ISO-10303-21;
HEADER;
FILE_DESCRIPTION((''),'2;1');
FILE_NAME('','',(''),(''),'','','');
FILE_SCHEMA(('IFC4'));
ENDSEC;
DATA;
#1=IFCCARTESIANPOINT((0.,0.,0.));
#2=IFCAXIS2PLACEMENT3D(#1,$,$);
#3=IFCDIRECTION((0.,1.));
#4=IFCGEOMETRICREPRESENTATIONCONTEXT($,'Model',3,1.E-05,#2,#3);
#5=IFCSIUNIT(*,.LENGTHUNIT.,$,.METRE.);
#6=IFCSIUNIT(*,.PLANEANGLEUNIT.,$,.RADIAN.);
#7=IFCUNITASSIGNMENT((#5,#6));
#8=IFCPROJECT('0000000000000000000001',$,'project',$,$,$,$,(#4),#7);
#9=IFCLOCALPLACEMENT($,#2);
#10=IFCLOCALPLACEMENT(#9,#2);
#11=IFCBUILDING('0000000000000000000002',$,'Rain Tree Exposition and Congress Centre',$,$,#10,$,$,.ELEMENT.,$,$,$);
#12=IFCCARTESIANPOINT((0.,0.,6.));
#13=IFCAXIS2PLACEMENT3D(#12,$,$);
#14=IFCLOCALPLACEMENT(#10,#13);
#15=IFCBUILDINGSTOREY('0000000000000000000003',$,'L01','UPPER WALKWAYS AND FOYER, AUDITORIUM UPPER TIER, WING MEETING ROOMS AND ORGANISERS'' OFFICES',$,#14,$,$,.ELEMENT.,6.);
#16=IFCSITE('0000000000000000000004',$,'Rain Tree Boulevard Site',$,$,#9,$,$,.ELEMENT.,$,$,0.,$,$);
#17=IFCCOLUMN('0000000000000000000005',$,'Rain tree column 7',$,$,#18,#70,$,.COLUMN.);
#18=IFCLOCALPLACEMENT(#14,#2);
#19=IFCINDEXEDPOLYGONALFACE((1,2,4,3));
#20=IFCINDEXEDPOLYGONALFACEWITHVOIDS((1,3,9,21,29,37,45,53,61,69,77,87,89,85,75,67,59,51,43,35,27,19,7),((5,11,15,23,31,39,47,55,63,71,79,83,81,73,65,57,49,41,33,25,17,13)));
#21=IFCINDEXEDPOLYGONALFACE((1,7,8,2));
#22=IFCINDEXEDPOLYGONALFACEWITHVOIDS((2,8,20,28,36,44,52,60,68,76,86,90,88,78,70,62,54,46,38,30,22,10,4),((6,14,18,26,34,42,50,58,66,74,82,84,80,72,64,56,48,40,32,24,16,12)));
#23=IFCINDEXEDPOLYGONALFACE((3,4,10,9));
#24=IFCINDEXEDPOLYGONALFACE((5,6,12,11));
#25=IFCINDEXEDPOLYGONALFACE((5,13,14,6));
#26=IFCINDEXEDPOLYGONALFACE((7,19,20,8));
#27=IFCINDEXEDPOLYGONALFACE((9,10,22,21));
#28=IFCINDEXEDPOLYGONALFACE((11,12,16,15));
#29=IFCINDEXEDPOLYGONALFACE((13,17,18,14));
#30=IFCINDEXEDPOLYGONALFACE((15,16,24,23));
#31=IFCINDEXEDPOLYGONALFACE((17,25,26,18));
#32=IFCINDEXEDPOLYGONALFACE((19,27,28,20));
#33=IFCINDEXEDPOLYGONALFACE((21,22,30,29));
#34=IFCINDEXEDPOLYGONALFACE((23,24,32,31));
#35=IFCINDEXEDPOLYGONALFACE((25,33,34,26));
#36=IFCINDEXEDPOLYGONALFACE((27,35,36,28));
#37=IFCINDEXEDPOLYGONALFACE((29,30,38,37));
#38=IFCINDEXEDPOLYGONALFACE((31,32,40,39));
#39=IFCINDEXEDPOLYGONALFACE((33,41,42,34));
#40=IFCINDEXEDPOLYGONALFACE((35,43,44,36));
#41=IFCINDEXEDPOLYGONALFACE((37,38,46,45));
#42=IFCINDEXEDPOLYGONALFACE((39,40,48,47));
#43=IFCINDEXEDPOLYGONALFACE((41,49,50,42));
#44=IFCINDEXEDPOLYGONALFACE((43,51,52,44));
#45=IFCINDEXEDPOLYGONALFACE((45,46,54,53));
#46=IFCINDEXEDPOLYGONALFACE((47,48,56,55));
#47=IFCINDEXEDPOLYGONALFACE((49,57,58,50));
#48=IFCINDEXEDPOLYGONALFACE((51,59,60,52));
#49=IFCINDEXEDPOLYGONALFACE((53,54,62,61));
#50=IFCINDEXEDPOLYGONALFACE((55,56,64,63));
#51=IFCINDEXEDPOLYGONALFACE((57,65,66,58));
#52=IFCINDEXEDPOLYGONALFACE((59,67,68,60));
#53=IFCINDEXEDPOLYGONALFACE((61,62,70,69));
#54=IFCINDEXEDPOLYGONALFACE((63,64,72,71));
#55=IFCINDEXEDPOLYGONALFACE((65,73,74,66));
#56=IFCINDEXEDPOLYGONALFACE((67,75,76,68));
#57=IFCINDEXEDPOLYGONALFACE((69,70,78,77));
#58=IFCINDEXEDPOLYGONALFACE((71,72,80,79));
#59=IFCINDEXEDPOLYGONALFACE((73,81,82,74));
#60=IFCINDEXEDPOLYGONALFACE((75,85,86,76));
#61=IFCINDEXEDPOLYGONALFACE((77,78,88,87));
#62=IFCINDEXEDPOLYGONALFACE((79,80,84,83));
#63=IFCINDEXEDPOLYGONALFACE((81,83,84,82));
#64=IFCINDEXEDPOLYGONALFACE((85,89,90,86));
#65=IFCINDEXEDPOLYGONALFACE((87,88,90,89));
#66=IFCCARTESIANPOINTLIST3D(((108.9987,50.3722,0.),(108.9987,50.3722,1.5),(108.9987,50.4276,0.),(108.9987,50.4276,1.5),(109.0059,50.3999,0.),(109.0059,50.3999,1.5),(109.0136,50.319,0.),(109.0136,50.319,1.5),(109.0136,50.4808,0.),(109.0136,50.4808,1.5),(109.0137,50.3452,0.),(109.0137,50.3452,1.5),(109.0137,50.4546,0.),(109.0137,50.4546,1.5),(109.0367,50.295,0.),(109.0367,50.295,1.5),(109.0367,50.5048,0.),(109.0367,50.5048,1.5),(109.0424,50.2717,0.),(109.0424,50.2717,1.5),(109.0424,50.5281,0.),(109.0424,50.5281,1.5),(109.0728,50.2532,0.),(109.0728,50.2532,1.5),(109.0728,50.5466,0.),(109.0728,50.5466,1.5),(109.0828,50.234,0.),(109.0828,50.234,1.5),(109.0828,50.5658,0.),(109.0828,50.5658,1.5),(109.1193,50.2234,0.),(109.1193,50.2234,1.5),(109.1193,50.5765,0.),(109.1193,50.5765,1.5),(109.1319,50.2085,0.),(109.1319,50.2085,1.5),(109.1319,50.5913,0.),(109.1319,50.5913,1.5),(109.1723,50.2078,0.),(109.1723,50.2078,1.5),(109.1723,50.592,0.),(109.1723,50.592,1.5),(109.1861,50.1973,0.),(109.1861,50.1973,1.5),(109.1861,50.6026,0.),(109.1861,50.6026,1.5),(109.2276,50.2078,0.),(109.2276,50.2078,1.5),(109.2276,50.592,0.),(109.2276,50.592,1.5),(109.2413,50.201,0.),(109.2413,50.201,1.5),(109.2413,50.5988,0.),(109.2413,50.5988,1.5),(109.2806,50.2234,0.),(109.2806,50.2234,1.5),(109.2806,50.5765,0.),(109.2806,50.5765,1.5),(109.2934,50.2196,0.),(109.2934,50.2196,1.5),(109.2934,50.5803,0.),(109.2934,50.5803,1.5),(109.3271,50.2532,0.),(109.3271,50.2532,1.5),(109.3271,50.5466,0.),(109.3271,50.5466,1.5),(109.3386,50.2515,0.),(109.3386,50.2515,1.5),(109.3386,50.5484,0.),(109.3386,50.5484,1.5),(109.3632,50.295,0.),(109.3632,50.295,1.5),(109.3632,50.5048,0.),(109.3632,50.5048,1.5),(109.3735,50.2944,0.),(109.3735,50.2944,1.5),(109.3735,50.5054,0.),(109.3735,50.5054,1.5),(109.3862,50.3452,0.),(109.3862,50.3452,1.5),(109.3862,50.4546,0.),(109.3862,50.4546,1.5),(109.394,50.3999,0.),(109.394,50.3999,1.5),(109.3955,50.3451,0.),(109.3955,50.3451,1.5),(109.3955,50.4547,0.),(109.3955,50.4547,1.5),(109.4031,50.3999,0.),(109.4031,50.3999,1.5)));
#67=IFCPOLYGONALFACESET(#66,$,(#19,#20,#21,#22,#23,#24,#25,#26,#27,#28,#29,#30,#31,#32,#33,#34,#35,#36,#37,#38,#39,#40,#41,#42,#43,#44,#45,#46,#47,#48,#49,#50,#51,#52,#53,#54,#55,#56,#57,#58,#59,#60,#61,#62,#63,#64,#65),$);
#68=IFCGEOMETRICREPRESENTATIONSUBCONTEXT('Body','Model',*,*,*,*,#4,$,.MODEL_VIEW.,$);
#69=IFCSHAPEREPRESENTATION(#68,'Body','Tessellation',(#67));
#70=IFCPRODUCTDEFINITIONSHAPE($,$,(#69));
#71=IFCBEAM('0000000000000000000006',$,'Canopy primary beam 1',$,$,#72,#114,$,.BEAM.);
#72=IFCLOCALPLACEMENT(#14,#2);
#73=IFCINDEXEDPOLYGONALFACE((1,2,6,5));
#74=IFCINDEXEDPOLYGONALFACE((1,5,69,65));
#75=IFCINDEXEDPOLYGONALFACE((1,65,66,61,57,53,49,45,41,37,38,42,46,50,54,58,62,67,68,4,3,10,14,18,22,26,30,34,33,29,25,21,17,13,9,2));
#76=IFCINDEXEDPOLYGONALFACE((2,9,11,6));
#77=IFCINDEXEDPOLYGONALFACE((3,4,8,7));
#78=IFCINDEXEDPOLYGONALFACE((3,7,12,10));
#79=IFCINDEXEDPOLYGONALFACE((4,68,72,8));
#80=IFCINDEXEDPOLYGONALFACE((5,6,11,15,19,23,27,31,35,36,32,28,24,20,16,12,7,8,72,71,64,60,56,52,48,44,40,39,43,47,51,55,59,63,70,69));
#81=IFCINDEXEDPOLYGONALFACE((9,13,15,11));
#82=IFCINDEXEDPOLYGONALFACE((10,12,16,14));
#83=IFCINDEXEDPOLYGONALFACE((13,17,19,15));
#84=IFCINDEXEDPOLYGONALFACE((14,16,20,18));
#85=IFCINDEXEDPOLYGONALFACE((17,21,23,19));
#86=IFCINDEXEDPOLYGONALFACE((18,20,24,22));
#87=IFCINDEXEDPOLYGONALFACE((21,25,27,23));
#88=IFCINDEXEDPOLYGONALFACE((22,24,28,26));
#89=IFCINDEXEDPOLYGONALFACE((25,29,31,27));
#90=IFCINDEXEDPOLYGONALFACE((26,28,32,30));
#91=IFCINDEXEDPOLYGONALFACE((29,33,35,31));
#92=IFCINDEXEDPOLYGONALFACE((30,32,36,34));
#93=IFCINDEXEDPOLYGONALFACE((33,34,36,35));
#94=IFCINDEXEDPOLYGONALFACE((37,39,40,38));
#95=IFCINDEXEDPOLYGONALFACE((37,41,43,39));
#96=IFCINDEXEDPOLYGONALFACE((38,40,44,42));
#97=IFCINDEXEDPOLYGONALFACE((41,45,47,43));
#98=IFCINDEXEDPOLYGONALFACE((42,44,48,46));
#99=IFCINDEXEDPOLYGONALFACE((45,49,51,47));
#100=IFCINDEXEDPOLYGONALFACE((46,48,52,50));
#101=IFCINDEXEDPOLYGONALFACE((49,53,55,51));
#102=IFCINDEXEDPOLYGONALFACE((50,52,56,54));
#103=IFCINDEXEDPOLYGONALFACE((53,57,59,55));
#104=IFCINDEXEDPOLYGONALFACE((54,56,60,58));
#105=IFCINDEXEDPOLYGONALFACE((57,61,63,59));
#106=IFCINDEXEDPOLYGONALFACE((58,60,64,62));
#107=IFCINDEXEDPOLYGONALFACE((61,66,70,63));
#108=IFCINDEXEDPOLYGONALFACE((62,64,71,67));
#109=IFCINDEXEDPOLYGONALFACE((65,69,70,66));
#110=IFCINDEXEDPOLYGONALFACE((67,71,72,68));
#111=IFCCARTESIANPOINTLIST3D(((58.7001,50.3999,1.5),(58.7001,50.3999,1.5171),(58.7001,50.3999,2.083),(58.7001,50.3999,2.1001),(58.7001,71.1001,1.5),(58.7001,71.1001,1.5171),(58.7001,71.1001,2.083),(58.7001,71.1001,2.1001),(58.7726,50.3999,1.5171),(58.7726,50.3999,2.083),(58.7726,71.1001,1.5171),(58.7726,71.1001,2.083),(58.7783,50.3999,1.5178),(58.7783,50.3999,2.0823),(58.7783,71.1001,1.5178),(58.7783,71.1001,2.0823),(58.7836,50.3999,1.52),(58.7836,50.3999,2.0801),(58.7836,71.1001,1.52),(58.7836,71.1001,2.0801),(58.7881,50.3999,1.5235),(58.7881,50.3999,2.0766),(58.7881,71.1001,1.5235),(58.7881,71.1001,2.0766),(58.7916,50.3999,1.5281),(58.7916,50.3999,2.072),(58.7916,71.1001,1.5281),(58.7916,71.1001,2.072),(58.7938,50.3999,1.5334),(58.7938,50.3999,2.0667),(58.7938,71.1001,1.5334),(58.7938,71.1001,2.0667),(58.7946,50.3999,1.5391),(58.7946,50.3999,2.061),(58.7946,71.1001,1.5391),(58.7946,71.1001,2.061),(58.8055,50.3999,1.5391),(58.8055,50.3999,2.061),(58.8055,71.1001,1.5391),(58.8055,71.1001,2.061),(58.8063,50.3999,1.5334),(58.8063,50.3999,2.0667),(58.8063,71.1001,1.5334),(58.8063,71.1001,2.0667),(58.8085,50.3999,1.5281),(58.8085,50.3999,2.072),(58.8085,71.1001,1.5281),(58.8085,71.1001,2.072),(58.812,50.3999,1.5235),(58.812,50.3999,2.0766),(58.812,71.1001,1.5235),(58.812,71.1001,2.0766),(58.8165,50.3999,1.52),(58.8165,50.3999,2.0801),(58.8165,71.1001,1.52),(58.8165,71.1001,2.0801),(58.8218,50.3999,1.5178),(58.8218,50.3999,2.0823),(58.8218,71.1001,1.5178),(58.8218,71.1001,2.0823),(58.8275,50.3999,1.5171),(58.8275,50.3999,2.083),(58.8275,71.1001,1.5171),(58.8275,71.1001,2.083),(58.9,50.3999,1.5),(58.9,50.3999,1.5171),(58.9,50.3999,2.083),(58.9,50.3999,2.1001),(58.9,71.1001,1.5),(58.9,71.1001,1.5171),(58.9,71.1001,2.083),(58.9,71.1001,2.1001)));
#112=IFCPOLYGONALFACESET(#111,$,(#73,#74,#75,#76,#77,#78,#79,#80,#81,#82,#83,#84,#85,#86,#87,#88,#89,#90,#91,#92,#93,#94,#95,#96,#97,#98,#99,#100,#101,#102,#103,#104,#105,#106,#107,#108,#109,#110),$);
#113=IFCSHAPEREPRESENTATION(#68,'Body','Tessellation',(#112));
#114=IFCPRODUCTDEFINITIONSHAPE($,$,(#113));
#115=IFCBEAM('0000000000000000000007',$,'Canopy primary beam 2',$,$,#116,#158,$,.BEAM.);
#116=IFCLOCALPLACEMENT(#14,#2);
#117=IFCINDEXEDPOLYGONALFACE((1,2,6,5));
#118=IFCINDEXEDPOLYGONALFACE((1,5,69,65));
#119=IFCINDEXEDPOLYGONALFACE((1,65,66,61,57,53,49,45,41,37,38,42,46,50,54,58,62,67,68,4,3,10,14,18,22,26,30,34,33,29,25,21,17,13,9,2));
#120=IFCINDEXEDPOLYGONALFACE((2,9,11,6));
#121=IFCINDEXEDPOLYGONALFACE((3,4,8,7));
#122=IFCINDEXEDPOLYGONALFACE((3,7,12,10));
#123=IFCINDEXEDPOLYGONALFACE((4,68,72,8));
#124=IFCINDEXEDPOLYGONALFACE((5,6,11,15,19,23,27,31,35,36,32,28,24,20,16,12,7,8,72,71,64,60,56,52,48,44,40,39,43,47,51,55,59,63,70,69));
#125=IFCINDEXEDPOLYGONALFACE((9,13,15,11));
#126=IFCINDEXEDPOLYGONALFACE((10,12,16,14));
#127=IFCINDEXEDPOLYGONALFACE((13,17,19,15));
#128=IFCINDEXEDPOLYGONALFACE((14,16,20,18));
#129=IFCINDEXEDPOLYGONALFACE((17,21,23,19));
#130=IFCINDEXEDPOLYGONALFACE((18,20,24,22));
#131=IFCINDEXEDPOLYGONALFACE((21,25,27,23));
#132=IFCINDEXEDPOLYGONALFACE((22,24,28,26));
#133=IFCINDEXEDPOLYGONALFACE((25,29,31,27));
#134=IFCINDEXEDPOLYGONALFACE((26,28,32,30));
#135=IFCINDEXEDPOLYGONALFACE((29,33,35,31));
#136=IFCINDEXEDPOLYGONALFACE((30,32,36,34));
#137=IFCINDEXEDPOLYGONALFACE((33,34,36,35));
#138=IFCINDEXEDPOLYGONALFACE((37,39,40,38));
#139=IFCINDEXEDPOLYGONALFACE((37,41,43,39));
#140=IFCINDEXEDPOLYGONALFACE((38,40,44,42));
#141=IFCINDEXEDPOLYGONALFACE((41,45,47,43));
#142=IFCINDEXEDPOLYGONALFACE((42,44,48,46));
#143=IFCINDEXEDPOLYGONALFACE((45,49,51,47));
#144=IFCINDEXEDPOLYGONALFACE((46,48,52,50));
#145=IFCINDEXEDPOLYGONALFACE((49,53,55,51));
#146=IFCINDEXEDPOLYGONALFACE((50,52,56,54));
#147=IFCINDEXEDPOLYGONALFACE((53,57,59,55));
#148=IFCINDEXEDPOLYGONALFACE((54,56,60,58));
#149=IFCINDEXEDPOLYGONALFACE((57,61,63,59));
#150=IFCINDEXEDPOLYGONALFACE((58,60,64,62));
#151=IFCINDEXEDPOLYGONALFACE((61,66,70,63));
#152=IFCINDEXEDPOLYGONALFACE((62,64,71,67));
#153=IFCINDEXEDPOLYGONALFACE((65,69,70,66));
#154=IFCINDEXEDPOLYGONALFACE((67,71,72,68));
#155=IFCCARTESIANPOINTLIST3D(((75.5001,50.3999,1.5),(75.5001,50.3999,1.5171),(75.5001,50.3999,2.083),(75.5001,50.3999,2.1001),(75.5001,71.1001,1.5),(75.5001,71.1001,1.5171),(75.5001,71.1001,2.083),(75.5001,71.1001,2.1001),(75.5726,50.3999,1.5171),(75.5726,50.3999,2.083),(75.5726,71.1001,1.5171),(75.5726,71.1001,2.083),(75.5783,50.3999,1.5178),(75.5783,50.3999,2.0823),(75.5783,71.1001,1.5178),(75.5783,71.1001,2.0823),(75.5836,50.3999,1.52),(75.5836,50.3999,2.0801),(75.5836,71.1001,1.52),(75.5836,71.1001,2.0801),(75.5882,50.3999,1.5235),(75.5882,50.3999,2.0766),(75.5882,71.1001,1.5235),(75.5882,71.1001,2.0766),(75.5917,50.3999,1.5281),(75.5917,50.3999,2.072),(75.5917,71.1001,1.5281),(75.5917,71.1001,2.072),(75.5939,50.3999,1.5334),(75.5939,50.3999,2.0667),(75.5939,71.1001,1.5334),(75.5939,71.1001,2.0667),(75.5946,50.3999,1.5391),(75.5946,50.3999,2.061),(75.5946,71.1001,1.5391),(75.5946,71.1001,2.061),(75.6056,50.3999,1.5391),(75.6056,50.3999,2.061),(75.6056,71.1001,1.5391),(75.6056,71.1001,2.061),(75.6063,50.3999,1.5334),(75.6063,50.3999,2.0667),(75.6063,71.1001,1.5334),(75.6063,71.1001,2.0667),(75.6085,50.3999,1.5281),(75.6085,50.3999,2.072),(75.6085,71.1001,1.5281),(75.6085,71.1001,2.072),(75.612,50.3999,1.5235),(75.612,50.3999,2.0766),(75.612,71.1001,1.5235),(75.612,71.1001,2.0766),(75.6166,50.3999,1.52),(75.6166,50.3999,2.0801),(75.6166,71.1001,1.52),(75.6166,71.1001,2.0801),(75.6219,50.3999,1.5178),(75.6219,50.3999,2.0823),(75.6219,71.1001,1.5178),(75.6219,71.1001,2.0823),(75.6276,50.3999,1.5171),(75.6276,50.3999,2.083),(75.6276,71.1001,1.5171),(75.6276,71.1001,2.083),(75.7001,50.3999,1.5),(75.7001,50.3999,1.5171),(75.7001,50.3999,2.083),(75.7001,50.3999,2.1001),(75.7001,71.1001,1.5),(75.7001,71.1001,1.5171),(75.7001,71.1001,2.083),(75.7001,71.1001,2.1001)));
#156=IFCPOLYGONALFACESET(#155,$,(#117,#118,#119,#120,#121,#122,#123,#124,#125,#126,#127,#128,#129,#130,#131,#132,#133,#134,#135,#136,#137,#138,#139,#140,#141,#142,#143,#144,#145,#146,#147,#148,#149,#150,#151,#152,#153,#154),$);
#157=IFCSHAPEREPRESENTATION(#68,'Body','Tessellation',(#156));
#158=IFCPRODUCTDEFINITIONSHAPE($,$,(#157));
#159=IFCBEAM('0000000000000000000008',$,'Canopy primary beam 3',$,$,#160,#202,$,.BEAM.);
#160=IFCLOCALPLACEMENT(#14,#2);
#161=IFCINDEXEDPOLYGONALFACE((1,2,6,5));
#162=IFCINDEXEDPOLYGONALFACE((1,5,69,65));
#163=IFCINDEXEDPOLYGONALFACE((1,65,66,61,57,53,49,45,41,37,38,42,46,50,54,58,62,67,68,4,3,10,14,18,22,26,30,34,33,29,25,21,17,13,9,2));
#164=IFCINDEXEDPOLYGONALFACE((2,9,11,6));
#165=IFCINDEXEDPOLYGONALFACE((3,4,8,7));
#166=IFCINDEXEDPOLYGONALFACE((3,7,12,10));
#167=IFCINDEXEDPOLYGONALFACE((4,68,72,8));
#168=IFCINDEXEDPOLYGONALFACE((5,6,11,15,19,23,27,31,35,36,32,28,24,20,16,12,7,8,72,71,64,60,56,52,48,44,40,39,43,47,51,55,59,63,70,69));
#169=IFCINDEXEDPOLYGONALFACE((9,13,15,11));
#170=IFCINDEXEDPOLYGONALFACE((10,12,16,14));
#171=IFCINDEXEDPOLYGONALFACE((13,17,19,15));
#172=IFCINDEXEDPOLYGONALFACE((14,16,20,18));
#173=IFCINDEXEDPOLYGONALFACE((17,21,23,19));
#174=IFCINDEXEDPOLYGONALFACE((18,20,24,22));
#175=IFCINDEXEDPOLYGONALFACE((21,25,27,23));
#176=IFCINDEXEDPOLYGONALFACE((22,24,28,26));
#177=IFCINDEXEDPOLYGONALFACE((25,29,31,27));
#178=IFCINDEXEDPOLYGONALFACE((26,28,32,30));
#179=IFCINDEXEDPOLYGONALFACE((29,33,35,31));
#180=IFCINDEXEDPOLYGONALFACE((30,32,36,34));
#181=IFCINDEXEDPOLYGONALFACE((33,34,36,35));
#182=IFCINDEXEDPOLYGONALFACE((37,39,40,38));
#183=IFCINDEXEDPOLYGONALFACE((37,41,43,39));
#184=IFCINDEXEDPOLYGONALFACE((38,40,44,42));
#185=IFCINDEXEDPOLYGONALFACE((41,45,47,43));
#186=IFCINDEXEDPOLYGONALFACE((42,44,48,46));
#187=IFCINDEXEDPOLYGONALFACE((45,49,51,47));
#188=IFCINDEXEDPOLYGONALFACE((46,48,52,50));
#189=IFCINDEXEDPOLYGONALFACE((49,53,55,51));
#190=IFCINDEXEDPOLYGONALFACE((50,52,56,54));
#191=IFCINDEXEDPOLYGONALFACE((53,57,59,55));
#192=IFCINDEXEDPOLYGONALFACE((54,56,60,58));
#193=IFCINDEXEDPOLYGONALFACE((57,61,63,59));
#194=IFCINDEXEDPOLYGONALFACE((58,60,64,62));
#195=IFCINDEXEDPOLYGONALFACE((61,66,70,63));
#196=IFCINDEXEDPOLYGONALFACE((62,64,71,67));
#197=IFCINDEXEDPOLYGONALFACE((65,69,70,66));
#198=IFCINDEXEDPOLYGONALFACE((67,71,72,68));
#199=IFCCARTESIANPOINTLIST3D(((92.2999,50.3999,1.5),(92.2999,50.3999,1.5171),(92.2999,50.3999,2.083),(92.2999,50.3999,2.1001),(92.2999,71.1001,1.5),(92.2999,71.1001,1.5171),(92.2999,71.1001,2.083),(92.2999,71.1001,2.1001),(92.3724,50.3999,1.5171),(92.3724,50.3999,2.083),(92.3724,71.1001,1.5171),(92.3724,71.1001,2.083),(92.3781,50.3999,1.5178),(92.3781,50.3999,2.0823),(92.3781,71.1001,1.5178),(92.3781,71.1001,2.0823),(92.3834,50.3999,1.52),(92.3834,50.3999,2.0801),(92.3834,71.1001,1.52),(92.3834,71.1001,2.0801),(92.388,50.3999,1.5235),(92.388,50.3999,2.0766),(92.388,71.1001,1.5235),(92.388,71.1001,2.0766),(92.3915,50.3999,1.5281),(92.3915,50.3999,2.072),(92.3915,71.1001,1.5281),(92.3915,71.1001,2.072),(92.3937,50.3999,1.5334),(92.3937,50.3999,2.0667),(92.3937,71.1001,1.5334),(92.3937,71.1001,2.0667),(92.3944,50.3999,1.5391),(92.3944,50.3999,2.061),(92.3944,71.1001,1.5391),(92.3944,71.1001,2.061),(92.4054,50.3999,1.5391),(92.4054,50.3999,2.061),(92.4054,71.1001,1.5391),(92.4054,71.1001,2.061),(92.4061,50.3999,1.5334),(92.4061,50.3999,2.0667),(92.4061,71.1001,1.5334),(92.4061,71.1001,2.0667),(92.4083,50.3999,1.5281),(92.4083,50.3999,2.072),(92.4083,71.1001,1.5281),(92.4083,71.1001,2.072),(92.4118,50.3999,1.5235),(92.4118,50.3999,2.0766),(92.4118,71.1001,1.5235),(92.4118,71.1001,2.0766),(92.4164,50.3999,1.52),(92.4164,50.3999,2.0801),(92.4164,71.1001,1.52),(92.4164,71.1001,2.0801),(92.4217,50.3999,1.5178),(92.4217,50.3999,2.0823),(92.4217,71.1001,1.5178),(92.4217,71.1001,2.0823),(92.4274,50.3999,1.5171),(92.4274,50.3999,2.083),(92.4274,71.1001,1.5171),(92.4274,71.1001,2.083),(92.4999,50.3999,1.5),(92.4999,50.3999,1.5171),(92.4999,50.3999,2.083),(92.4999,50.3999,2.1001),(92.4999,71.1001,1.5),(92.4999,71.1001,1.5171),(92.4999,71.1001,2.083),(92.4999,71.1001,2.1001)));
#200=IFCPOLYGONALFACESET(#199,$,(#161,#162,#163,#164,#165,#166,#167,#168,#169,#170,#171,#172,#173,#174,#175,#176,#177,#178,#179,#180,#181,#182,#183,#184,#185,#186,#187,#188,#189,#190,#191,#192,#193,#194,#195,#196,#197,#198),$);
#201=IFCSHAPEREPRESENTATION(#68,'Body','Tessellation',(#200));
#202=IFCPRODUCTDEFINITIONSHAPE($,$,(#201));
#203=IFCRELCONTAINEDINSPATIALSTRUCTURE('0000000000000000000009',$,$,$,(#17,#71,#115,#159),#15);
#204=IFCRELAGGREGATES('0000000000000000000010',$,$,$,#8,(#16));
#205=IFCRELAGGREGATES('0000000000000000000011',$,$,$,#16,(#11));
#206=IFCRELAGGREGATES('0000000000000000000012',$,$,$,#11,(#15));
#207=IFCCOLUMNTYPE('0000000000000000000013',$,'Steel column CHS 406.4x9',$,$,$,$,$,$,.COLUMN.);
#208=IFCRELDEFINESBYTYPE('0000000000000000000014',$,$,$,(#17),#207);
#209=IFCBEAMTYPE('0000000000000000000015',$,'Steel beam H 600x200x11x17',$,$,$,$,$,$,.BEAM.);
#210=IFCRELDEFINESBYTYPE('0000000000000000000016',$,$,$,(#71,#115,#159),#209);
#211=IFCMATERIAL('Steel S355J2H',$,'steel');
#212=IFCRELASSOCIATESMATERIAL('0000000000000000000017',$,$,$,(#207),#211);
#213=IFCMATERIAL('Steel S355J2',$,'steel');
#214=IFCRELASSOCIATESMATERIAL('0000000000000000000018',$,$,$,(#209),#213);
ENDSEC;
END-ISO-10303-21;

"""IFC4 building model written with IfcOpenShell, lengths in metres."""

from ifc_helpers import new_model, si_unit, direction, frame, origin, origin_2d, place, context, subcontext, project, spatial, hollow_circle, i_section, extrude, material, material_profile, profile_set, type_object, element, save


model = new_model("IFC4")

# Units and contexts
model_context = context("Model", 3, precision=1e-05, world=origin(), true_north=direction((0.0, 1.0)))
body_context = subcontext(model_context, "Body", "Model", "MODEL_VIEW")
ifc_project = project(units=[si_unit("LENGTHUNIT", "METRE"), si_unit("PLANEANGLEUNIT", "RADIAN")], contexts=[model_context])

# Site, building, storey
site_placement = place(None, origin())
site = spatial("IfcSite", under=ifc_project, at=site_placement, Name="Rain Tree Boulevard Site", CompositionType="ELEMENT", RefElevation=0.0)
building_placement = place(site_placement, origin())
building = spatial("IfcBuilding", under=site, at=building_placement, Name="Rain Tree Exposition and Congress Centre", CompositionType="ELEMENT")
storey_placement = place(building_placement, frame((0.0, 0.0, 6.0)))
storey = spatial("IfcBuildingStorey", under=building, at=storey_placement, Name="L01", Description="UPPER WALKWAYS AND FOYER, AUDITORIUM UPPER TIER, WING MEETING ROOMS AND ORGANISERS' OFFICES", CompositionType="ELEMENT", Elevation=6.0)

# Column
ifc_material_1 = material(Name="Steel S355J2H", Category="steel")
ifc_material_profile_1 = material_profile(ifc_material_1, hollow_circle(Radius=0.2031, WallThickness=0.009, at=origin_2d()), Name="CHS 406.4x9")
ifc_profile_set_1 = profile_set([ifc_material_profile_1], Name="Steel S355J2H")
column_type = type_object("IfcColumnType", Name="Steel column CHS 406.4x9", PredefinedType="COLUMN", material=ifc_profile_set_1)
for number, where, z_axis, x_axis, name in (
    (1, (109.2, 50.3999, 0.0), (0.0, 0.0, 1.0), (1.0, 0.0, 0.0), "Rain tree column 7"),
):
    element("IfcColumn", number, at=place(storey_placement, frame(where, z_axis=z_axis, x_axis=x_axis)), inside=storey, type_object=column_type, Name=name, PredefinedType="COLUMN", context=body_context, shape_type="SweptSolid", body=[
        extrude(hollow_circle(Radius=0.2031, WallThickness=0.009, at=origin_2d()), origin(), (0.0, 0.0, 1.0), 1.5),
    ])

# Beams
ifc_material_2 = material(Name="Steel S355J2", Category="steel")
ifc_material_profile_2 = material_profile(ifc_material_2, i_section(OverallWidth=0.2, OverallDepth=0.6001, WebThickness=0.011, FlangeThickness=0.0171, FilletRadius=0.022, at=origin_2d()), Name="H 600x200x11x17")
ifc_profile_set_2 = profile_set([ifc_material_profile_2], Name="Steel S355J2")
beam_type = type_object("IfcBeamType", Name="Steel beam H 600x200x11x17", PredefinedType="BEAM", material=ifc_profile_set_2)
for number, where, z_axis, x_axis, name in (
    (2, (58.8, 50.3999, 1.8), (0.0, 1.0, 0.0), (-1.0, 0.0, 0.0), "Canopy primary beam 1"),
    (3, (75.6001, 50.3999, 1.8), (0.0, 1.0, 0.0), (-1.0, 0.0, 0.0), "Canopy primary beam 2"),
    (4, (92.3999, 50.3999, 1.8), (0.0, 1.0, 0.0), (-1.0, 0.0, 0.0), "Canopy primary beam 3"),
):
    element("IfcBeam", number, at=place(storey_placement, frame(where, z_axis=z_axis, x_axis=x_axis)), inside=storey, type_object=beam_type, Name=name, PredefinedType="BEAM", context=body_context, shape_type="SweptSolid", body=[
        extrude(i_section(OverallWidth=0.2, OverallDepth=0.6001, WebThickness=0.011, FlangeThickness=0.0171, FilletRadius=0.022, at=origin_2d()), origin(), (0.0, 0.0, 1.0), 20.7002),
    ])

save(model, "model.ifc")
